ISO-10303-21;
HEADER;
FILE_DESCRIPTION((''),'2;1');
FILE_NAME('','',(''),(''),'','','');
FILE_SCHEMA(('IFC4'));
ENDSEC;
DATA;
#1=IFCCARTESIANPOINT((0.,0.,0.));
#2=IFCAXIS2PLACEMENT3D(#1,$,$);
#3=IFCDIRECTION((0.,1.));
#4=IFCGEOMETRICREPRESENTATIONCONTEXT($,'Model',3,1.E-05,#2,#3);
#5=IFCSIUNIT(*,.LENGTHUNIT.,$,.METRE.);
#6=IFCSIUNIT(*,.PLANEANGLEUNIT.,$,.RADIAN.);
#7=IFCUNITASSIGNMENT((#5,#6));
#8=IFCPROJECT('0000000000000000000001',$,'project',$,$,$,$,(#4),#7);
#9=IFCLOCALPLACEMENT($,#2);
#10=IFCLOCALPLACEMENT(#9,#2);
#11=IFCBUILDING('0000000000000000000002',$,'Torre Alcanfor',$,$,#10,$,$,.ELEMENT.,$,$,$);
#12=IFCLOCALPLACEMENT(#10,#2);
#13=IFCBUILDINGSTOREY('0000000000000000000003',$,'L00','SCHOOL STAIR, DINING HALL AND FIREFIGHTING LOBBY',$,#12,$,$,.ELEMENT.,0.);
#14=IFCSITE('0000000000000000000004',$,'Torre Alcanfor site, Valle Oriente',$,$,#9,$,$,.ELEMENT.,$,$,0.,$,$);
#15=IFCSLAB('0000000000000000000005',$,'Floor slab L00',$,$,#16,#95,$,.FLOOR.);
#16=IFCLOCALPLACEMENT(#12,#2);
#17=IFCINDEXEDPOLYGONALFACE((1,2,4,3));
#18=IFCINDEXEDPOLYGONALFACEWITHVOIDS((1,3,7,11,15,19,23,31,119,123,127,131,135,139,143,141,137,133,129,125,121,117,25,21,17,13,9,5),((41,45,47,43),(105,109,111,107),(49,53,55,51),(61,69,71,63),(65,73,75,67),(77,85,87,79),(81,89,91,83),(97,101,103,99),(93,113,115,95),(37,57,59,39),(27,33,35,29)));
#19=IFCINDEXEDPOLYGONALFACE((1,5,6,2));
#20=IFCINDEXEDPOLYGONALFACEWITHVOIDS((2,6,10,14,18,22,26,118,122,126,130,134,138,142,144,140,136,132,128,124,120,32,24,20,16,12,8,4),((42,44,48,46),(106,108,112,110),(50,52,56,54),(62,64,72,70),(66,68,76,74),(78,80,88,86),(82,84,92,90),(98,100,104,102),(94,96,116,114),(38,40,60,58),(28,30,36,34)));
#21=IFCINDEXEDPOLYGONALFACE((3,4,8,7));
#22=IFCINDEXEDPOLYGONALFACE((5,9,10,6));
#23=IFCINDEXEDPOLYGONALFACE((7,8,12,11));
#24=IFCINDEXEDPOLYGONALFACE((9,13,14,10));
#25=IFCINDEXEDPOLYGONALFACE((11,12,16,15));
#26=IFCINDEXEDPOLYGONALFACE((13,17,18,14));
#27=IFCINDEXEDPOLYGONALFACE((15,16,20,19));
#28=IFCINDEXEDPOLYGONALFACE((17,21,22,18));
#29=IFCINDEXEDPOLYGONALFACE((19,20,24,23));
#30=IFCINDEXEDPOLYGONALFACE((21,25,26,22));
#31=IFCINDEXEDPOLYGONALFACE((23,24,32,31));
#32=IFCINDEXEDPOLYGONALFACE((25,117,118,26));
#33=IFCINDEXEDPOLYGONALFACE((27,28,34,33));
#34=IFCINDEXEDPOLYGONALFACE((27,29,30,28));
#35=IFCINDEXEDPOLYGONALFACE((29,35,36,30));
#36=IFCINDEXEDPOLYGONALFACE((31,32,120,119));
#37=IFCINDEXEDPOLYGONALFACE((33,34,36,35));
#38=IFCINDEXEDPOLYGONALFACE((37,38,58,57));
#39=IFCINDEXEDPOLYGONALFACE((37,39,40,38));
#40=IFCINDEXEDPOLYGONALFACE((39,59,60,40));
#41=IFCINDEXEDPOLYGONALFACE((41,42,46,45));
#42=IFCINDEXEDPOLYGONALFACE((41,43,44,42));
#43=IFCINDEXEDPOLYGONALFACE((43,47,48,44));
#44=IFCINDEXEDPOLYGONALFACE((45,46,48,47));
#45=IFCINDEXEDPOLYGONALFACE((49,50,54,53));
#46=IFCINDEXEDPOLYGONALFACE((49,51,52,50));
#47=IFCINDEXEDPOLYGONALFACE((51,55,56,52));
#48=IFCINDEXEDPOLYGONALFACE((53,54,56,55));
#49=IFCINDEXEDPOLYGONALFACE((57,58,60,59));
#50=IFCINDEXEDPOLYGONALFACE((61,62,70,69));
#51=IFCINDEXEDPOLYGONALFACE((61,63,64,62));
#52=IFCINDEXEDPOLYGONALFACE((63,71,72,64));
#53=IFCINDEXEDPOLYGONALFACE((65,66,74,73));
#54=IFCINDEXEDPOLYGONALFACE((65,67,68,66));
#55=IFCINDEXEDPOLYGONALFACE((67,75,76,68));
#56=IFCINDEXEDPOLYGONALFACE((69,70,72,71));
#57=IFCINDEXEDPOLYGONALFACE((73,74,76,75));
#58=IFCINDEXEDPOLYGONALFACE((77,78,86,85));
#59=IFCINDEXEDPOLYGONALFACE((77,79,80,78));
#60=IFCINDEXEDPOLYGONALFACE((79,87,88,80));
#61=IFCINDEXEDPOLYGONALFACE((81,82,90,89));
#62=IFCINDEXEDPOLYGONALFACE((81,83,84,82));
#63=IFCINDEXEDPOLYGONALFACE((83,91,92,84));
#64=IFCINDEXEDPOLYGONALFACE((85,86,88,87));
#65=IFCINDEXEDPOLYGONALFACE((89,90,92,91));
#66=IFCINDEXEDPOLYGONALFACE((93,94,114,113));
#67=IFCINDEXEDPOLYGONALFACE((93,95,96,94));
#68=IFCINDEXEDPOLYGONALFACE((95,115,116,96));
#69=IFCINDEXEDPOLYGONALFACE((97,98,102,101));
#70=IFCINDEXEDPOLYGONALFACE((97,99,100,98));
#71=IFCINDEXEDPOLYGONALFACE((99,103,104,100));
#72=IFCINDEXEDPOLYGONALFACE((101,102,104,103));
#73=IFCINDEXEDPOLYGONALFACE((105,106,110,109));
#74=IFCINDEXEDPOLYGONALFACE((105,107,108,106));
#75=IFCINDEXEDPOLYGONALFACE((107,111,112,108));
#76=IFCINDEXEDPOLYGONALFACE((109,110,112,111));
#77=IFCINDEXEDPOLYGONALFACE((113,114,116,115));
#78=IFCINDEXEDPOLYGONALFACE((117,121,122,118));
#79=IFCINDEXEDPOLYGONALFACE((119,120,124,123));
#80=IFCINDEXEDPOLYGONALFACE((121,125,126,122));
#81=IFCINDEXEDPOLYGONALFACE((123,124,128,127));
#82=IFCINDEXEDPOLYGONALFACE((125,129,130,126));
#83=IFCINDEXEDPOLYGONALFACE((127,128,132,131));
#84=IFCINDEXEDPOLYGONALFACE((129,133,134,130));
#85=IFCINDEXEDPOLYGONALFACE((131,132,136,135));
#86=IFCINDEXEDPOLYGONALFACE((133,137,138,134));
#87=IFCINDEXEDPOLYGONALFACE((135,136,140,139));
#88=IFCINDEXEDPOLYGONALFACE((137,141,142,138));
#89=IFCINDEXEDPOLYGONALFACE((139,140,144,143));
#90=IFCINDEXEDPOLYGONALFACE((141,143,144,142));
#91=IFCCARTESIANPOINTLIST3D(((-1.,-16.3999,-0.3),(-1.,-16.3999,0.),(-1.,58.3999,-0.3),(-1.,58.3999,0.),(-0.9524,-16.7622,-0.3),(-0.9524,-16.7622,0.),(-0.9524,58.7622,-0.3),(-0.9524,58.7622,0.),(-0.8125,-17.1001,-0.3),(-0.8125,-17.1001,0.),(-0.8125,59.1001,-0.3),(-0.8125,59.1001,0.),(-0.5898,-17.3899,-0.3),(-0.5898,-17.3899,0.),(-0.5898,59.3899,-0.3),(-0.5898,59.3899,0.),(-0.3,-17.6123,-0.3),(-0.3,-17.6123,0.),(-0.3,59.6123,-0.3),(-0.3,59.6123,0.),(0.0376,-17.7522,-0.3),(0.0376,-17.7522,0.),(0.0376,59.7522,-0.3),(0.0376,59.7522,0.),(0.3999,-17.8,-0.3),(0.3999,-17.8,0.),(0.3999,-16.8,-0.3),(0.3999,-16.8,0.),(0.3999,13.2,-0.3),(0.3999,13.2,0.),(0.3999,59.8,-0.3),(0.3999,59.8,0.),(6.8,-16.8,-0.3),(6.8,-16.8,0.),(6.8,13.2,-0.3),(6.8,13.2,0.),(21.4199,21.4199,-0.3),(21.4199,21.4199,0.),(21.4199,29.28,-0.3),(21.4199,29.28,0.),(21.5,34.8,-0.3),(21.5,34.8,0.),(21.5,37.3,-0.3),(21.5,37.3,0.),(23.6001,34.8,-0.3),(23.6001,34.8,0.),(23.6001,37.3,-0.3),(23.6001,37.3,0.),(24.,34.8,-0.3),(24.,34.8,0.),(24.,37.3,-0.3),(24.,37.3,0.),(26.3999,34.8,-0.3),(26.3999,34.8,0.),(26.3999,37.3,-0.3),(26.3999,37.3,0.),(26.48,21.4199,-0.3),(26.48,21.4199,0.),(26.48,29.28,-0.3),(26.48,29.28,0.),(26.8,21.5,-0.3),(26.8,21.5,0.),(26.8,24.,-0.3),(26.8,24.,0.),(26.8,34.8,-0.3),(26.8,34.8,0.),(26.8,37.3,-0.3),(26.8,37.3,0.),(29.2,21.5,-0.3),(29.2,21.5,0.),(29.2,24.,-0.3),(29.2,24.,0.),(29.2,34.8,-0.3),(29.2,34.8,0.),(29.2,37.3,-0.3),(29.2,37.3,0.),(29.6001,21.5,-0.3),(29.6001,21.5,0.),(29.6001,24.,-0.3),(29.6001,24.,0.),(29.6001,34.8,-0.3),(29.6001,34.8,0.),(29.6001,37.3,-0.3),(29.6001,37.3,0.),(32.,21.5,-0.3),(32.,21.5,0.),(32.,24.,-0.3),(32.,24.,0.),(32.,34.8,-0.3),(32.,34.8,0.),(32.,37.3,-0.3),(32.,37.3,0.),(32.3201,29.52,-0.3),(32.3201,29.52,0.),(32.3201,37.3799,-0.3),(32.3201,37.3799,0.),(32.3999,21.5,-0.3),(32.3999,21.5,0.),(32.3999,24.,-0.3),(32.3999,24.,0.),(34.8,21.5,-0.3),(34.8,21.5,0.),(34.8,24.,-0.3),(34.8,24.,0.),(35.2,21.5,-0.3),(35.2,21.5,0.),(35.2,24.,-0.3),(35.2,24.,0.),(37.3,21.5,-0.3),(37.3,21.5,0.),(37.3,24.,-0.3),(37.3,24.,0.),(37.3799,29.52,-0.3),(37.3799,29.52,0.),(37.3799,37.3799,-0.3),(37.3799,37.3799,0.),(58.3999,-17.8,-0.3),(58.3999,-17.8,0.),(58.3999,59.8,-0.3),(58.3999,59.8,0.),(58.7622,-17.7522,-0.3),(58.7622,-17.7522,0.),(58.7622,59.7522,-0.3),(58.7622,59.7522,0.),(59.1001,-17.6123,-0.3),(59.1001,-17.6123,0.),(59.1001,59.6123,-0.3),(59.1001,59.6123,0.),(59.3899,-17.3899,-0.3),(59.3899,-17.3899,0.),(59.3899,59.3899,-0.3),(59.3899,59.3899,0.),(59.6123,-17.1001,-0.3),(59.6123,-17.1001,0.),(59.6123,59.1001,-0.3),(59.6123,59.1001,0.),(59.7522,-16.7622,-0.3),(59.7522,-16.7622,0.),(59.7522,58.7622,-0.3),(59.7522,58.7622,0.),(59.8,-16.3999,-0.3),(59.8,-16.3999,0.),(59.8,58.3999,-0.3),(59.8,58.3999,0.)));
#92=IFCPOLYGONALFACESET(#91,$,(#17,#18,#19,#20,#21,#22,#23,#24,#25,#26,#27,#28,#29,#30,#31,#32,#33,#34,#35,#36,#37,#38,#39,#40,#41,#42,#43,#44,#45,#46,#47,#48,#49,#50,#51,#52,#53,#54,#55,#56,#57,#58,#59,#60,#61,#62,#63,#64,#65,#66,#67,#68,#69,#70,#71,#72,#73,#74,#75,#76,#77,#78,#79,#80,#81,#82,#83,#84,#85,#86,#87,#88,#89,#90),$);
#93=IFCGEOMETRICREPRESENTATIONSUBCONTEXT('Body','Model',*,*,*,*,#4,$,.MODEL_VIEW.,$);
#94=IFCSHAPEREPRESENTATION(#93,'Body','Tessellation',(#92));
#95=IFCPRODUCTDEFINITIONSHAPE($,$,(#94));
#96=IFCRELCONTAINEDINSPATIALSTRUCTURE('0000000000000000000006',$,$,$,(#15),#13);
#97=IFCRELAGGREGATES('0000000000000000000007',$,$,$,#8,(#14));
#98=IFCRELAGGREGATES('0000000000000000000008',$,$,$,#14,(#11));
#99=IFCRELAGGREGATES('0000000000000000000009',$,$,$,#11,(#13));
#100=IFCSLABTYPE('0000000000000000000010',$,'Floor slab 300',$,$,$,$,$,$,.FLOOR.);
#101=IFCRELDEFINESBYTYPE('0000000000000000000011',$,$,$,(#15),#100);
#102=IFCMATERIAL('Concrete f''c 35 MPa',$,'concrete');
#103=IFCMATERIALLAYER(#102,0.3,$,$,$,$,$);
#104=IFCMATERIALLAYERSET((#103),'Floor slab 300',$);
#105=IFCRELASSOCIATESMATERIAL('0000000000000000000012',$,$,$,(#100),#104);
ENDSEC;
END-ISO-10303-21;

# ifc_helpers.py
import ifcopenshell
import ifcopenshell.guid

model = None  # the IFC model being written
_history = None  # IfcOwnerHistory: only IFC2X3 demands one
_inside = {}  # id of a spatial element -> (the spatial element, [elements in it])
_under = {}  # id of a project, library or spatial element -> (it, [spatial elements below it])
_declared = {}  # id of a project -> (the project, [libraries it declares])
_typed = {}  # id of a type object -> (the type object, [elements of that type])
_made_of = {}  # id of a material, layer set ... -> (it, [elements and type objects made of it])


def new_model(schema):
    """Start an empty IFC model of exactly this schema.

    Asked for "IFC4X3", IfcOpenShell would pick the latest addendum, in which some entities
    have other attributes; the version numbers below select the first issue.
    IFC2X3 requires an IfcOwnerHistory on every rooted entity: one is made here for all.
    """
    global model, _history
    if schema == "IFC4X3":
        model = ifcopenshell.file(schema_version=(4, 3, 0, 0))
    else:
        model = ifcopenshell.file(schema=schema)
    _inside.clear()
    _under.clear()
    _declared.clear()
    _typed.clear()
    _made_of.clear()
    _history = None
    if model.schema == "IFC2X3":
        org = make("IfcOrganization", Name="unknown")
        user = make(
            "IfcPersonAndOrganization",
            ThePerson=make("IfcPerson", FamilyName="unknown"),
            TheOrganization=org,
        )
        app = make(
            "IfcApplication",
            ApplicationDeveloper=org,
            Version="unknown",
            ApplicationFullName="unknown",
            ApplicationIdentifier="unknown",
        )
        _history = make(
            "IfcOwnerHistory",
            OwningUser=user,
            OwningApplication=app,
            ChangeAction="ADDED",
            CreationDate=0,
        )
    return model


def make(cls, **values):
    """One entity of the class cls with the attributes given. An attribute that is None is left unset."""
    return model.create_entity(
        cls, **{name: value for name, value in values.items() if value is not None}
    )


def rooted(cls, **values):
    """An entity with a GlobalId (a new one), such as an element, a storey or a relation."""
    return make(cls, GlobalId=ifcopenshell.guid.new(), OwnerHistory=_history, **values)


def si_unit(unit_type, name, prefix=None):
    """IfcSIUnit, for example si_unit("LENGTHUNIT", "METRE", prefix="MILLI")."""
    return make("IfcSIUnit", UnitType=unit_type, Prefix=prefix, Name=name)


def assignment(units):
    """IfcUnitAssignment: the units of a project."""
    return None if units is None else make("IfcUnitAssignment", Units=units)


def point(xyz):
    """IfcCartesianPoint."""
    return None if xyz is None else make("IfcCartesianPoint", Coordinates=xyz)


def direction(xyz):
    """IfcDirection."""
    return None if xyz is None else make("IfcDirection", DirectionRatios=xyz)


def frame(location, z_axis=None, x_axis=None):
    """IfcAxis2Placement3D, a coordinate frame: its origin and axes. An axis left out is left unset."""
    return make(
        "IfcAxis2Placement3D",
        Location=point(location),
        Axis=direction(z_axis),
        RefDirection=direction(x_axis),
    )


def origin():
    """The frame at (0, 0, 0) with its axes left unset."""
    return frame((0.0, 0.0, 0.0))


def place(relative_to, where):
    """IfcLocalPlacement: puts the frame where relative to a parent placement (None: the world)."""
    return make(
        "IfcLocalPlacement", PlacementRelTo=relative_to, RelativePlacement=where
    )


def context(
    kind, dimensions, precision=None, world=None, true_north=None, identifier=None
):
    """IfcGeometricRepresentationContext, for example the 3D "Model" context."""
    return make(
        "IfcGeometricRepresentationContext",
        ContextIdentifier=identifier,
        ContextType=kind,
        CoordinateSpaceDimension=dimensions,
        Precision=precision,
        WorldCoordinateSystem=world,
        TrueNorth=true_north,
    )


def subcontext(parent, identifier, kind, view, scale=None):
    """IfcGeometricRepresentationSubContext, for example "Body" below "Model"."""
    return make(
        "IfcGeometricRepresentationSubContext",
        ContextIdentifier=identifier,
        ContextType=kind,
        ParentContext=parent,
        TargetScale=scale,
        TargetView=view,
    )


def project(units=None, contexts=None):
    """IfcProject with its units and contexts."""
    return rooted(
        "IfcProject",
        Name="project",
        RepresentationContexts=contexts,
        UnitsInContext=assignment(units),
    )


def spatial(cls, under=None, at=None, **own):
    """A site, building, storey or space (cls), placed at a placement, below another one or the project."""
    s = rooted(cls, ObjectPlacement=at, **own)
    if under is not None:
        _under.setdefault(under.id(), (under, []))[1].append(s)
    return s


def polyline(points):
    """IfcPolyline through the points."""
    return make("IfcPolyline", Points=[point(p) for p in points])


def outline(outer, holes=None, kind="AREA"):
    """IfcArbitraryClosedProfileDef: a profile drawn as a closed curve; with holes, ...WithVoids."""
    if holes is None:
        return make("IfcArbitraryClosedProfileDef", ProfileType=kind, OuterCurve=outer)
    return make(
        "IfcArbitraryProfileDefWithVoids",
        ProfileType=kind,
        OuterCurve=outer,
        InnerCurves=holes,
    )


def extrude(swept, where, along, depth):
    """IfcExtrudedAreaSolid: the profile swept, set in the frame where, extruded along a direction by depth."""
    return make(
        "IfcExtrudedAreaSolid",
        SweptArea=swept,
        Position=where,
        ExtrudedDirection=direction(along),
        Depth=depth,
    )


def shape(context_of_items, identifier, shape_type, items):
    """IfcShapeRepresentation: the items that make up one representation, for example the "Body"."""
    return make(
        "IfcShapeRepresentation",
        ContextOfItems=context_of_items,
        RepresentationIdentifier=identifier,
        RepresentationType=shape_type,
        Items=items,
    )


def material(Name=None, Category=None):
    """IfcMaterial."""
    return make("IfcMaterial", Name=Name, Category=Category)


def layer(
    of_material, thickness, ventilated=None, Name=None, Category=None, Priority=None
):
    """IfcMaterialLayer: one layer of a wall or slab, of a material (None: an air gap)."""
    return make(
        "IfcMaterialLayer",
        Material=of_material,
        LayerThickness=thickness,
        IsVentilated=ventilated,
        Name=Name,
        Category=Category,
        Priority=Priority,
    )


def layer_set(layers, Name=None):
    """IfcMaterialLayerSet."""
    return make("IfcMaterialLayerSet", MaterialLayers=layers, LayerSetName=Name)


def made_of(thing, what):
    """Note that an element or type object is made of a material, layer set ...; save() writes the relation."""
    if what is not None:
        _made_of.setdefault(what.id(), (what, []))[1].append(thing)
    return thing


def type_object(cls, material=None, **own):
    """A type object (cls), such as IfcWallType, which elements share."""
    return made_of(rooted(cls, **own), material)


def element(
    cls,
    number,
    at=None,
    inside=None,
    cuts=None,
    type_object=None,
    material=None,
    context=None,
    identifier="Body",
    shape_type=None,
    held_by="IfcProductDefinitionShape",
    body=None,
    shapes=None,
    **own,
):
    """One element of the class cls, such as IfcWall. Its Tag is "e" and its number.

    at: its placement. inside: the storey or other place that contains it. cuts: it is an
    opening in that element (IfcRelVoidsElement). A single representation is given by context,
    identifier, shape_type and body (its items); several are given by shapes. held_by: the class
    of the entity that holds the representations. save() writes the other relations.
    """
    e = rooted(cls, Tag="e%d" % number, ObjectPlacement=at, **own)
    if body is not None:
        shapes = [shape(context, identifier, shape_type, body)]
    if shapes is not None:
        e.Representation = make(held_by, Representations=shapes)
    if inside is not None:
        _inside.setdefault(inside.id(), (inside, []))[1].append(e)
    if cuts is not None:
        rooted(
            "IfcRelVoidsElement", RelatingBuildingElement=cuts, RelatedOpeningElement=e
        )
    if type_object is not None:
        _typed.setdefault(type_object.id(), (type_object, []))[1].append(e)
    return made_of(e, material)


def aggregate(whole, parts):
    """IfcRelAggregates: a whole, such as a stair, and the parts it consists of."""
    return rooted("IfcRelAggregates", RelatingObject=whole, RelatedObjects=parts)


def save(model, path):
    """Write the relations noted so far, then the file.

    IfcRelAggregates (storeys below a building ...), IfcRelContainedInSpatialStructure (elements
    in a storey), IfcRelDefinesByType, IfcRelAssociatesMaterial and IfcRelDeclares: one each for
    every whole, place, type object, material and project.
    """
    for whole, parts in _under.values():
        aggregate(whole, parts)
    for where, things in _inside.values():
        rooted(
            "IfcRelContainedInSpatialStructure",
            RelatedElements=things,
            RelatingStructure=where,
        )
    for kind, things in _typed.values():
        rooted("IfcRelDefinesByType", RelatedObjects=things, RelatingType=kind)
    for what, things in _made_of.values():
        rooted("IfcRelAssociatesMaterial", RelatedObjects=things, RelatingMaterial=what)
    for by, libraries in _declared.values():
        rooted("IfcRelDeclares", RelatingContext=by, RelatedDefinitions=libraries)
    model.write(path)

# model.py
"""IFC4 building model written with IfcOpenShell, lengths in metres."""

from ifc_helpers import new_model, si_unit, direction, frame, origin, place, context, subcontext, project, spatial, polyline, outline, extrude, material, layer, layer_set, type_object, element, save


model = new_model("IFC4")

# Units and contexts
model_context = context("Model", 3, precision=1e-05, world=origin(), true_north=direction((0.0, 1.0)))
body_context = subcontext(model_context, "Body", "Model", "MODEL_VIEW")
ifc_project = project(units=[si_unit("LENGTHUNIT", "METRE"), si_unit("PLANEANGLEUNIT", "RADIAN")], contexts=[model_context])

# Site, building, storey
site_placement = place(None, origin())
site = spatial("IfcSite", under=ifc_project, at=site_placement, Name="Torre Alcanfor site, Valle Oriente", CompositionType="ELEMENT", RefElevation=0.0)
building_placement = place(site_placement, origin())
building = spatial("IfcBuilding", under=site, at=building_placement, Name="Torre Alcanfor", CompositionType="ELEMENT")
storey_placement = place(building_placement, origin())
storey = spatial("IfcBuildingStorey", under=building, at=storey_placement, Name="L00", Description="SCHOOL STAIR, DINING HALL AND FIREFIGHTING LOBBY", CompositionType="ELEMENT", Elevation=0.0)

# Slab
ifc_material_1 = material(Name="Concrete f'c 35 MPa", Category="concrete")
ifc_layer_1 = layer(ifc_material_1, 0.3)
ifc_layer_set_1 = layer_set([ifc_layer_1], Name="Floor slab 300")
slab_type_1 = type_object("IfcSlabType", Name="Floor slab 300", PredefinedType="FLOOR", material=ifc_layer_set_1)
slab_1_placement = place(storey_placement, frame((0.0, 0.0, -0.3)))
element("IfcSlab", 1, at=slab_1_placement, inside=storey, type_object=slab_type_1, Name="Floor slab L00", PredefinedType="FLOOR", context=body_context, shape_type="SweptSolid", body=[
    extrude(outline(polyline([(58.3999, -17.8), (58.7622, -17.7522), (59.1001, -17.6123), (59.3899, -17.3899), (59.6123, -17.1001), (59.7522, -16.7622), (59.8, -16.3999), (59.8, 58.3999), (59.7522, 58.7622), (59.6123, 59.1001), (59.3899, 59.3899), (59.1001, 59.6123), (58.7622, 59.7522), (58.3999, 59.8), (0.3999, 59.8), (0.0376, 59.7522), (-0.3, 59.6123), (-0.5898, 59.3899), (-0.8125, 59.1001), (-0.9524, 58.7622), (-1.0, 58.3999), (-1.0, -16.3999), (-0.9524, -16.7622), (-0.8125, -17.1001), (-0.5898, -17.3899), (-0.3, -17.6123), (0.0376, -17.7522), (0.3999, -17.8), (58.3999, -17.8)]), holes=[polyline([(21.4199, 21.4199), (26.48, 21.4199), (26.48, 29.28), (21.4199, 29.28), (21.4199, 21.4199)]), polyline([(32.3201, 29.52), (37.3799, 29.52), (37.3799, 37.3799), (32.3201, 37.3799), (32.3201, 29.52)]), polyline([(26.8, 21.5), (29.2, 21.5), (29.2, 24.0), (26.8, 24.0), (26.8, 21.5)]), polyline([(29.6001, 21.5), (32.0, 21.5), (32.0, 24.0), (29.6001, 24.0), (29.6001, 21.5)]), polyline([(32.3999, 21.5), (34.8, 21.5), (34.8, 24.0), (32.3999, 24.0), (32.3999, 21.5)]), polyline([(35.2, 21.5), (37.3, 21.5), (37.3, 24.0), (35.2, 24.0), (35.2, 21.5)]), polyline([(21.5, 34.8), (23.6001, 34.8), (23.6001, 37.3), (21.5, 37.3), (21.5, 34.8)]), polyline([(24.0, 34.8), (26.3999, 34.8), (26.3999, 37.3), (24.0, 37.3), (24.0, 34.8)]), polyline([(26.8, 34.8), (29.2, 34.8), (29.2, 37.3), (26.8, 37.3), (26.8, 34.8)]), polyline([(29.6001, 34.8), (32.0, 34.8), (32.0, 37.3), (29.6001, 37.3), (29.6001, 34.8)]), polyline([(0.3999, -16.8), (6.8, -16.8), (6.8, 13.2), (0.3999, 13.2), (0.3999, -16.8)])]), origin(), (0.0, 0.0, 1.0), 0.3),
])

save(model, "model.ifc")
